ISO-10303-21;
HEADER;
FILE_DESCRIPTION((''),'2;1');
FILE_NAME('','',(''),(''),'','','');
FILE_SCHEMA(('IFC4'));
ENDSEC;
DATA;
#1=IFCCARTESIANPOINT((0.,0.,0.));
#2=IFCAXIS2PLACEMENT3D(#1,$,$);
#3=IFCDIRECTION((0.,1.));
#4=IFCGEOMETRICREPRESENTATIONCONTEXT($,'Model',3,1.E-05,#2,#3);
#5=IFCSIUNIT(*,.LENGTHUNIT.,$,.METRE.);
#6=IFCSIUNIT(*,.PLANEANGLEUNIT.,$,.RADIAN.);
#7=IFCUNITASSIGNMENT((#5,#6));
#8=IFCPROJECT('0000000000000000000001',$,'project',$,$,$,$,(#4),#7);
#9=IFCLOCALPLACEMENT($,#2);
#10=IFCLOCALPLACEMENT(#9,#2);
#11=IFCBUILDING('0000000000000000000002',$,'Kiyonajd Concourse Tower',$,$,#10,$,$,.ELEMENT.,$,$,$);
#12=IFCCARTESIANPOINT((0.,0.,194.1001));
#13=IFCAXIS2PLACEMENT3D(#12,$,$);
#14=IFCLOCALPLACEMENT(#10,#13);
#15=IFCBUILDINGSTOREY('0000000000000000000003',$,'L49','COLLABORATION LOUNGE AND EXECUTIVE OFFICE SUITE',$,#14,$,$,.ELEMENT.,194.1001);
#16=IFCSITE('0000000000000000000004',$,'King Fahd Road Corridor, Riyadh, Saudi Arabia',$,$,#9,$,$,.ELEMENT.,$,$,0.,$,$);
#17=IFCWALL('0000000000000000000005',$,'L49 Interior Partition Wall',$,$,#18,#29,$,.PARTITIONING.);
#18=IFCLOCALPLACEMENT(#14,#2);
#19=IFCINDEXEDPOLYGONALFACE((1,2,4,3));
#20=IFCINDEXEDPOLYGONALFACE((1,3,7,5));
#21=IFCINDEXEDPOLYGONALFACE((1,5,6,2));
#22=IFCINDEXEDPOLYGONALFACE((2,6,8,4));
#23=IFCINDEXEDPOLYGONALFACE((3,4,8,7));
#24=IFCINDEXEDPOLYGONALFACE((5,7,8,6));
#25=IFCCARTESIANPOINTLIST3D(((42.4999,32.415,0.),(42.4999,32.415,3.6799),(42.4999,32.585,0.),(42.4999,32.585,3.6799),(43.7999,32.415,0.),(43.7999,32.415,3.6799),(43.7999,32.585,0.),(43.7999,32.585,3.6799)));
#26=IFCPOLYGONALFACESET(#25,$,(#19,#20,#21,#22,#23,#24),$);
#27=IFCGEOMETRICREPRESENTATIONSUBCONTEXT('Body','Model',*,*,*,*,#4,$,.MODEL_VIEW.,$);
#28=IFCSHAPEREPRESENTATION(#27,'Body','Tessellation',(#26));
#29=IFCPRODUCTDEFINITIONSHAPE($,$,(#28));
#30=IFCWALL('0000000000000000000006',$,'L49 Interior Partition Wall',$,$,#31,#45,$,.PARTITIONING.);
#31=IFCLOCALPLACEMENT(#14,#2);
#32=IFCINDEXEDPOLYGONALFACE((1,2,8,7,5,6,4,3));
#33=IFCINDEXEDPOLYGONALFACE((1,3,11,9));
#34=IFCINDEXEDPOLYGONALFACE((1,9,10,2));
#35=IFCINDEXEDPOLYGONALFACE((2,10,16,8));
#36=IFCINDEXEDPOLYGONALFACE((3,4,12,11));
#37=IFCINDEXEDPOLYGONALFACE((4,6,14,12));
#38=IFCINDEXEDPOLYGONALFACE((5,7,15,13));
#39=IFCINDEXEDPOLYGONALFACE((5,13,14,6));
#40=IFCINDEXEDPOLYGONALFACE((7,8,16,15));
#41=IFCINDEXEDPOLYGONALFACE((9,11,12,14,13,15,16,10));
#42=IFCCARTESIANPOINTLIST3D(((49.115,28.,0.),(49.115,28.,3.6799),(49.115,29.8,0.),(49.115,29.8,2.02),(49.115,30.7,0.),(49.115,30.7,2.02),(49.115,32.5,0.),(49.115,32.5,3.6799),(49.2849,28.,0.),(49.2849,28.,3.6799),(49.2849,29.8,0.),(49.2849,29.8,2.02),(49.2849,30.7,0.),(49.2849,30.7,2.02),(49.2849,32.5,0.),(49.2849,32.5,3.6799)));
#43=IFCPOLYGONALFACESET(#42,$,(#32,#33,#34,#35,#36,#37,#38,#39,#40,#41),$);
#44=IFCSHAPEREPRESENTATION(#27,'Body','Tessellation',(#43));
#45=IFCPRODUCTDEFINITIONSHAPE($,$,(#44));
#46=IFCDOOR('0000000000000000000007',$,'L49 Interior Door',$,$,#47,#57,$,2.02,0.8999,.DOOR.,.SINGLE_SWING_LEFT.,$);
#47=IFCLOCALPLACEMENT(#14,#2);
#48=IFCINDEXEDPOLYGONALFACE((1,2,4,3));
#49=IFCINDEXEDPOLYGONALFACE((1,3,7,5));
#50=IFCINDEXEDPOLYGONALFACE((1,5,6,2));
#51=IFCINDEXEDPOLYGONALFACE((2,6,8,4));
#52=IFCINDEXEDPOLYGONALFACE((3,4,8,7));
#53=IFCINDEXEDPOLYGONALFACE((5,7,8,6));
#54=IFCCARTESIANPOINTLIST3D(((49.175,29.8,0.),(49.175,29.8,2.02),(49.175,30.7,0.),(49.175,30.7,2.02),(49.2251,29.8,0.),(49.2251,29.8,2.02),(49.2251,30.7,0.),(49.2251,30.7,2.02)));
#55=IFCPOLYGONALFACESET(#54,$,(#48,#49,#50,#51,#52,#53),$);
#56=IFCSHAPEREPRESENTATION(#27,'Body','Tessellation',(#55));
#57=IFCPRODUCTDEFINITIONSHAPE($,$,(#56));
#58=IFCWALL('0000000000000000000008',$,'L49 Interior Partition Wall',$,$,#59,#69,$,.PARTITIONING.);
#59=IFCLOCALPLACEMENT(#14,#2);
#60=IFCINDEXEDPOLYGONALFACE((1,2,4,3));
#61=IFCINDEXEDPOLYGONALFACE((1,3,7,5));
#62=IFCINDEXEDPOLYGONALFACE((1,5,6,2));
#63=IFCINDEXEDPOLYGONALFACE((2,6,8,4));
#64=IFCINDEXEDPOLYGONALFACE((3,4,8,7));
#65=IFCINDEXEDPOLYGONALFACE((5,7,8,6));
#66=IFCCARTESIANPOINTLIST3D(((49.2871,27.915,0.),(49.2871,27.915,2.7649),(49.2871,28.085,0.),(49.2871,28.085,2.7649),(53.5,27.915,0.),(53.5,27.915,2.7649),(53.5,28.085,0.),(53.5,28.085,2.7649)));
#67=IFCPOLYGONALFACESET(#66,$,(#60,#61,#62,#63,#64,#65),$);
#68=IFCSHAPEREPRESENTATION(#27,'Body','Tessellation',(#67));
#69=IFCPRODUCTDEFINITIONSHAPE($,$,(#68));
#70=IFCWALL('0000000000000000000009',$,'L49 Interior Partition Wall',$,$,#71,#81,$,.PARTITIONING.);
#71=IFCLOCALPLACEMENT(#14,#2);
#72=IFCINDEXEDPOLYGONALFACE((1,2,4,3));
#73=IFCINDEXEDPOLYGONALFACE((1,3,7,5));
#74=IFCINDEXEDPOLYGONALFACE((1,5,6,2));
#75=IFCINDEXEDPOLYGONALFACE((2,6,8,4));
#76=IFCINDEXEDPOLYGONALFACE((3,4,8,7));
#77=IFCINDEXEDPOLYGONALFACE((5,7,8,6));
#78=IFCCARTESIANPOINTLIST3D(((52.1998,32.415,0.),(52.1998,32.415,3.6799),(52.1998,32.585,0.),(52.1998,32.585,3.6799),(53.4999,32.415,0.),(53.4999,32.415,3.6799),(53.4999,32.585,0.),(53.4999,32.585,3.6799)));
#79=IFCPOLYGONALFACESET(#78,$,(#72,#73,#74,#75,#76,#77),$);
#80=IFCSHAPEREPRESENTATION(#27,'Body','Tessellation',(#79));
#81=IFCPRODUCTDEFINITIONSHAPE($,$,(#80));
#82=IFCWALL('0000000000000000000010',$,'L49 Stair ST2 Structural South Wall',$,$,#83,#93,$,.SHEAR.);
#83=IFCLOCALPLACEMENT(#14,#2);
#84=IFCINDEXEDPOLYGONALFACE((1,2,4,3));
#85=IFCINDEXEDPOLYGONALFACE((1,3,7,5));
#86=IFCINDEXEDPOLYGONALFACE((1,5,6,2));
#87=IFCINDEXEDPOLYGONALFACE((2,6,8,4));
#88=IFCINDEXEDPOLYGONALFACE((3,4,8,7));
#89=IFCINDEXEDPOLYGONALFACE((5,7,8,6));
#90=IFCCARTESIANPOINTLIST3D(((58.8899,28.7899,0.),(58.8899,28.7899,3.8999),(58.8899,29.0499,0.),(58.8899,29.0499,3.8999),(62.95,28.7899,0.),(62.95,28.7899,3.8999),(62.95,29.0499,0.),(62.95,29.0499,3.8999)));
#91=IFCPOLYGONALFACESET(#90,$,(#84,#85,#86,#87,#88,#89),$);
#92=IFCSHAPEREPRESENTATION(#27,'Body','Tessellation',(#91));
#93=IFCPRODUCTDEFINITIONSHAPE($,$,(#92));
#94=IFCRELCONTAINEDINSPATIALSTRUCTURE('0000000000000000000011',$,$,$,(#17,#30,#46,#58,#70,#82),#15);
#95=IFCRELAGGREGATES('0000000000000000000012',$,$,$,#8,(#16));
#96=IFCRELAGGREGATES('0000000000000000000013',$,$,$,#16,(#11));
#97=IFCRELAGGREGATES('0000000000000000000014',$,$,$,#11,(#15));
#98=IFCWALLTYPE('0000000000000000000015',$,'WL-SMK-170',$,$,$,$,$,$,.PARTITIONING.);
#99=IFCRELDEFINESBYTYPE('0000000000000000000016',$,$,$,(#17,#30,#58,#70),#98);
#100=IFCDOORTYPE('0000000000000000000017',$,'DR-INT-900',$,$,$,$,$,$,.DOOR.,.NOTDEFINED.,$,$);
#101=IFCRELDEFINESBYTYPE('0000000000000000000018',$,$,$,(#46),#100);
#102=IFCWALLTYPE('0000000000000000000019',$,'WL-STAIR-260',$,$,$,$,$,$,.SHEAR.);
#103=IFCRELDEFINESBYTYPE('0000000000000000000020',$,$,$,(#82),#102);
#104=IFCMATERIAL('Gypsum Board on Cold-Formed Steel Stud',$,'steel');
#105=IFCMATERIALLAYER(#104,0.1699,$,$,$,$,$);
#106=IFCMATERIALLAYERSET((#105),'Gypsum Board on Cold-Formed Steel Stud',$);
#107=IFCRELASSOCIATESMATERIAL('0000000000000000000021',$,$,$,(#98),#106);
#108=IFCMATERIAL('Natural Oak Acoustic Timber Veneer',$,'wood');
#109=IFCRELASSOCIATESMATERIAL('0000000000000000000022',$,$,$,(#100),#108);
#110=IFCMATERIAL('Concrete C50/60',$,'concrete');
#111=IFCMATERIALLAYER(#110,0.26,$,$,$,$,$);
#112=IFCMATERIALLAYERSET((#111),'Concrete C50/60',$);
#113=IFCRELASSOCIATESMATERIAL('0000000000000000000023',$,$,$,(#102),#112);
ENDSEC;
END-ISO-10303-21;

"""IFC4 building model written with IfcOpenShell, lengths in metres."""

from ifc_helpers import new_model, si_unit, direction, frame, frame_2d, origin, place, context, subcontext, project, spatial, rectangle, extrude, material, layer, layer_set, type_object, element, fill, save


model = new_model("IFC4")

# Units and contexts
model_context = context("Model", 3, precision=1e-05, world=origin(), true_north=direction((0.0, 1.0)))
body_context = subcontext(model_context, "Body", "Model", "MODEL_VIEW")
ifc_project = project(units=[si_unit("LENGTHUNIT", "METRE"), si_unit("PLANEANGLEUNIT", "RADIAN")], contexts=[model_context])

# Site, building, storey
site_placement = place(None, origin())
site = spatial("IfcSite", under=ifc_project, at=site_placement, Name="King Fahd Road Corridor, Riyadh, Saudi Arabia", CompositionType="ELEMENT", RefElevation=0.0)
building_placement = place(site_placement, origin())
building = spatial("IfcBuilding", under=site, at=building_placement, Name="Kiyonajd Concourse Tower", CompositionType="ELEMENT")
storey_placement = place(building_placement, frame((0.0, 0.0, 194.1001)))
storey = spatial("IfcBuildingStorey", under=building, at=storey_placement, Name="L49", Description="COLLABORATION LOUNGE AND EXECUTIVE OFFICE SUITE", CompositionType="ELEMENT", Elevation=194.1001)

# Shared definitions
ifc_material_1 = material(Name="Gypsum Board on Cold-Formed Steel Stud", Category="steel")

# Shared definitions
ifc_layer_1 = layer(ifc_material_1, 0.1699)
ifc_layer_set_1 = layer_set([ifc_layer_1], Name="Gypsum Board on Cold-Formed Steel Stud")
wall_type_1 = type_object("IfcWallType", Name="WL-SMK-170", PredefinedType="PARTITIONING", material=ifc_layer_set_1)
ifc_material_2 = material(Name="Natural Oak Acoustic Timber Veneer", Category="wood")
door_type_1 = type_object("IfcDoorType", Name="DR-INT-900", OperationType="NOTDEFINED", PredefinedType="DOOR", material=ifc_material_2)

# Wall
wall_1_placement = place(storey_placement, frame((42.5, 32.5, 0.0), z_axis=(0.0, 0.0, 1.0), x_axis=(1.0, 0.0, 0.0)))
element("IfcWall", 1, at=wall_1_placement, inside=storey, type_object=wall_type_1, Name="L49 Interior Partition Wall", PredefinedType="PARTITIONING", context=body_context, shape_type="SweptSolid", body=[
    extrude(rectangle(XDim=1.3, YDim=0.1699, at=frame_2d((0.6499, 0.0))), origin(), (0.0, 0.0, 1.0), 3.6799),
])

# Wall, opening, door
wall_2_placement = place(storey_placement, frame((49.2, 28.0, 0.0), z_axis=(0.0, 0.0, 1.0), x_axis=(0.0, 1.0, 0.0)))
wall_2 = element("IfcWall", 2, at=wall_2_placement, inside=storey, type_object=wall_type_1, Name="L49 Interior Partition Wall", PredefinedType="PARTITIONING", context=body_context, shape_type="SweptSolid", body=[
    extrude(rectangle(XDim=4.5, YDim=0.1699, at=frame_2d((2.25, 0.0))), origin(), (0.0, 0.0, 1.0), 3.6799),
])
opening_1_placement = place(wall_2_placement, frame((1.8, 0.0, 0.0)))
opening_1 = element("IfcOpeningElement", 3, at=opening_1_placement, cuts=wall_2, PredefinedType="OPENING", context=body_context, shape_type="SweptSolid", body=[
    extrude(rectangle(XDim=0.8999, YDim=2.02, at=frame_2d((0.45, 1.01))), frame((0.0, 0.095, 0.0), z_axis=(0.0, -1.0, 0.0), x_axis=(1.0, 0.0, 0.0)), (0.0, 0.0, 1.0), 0.1899),
])
door_1_placement = place(opening_1_placement, origin())
door_1 = element("IfcDoor", 4, at=door_1_placement, inside=storey, type_object=door_type_1, Name="L49 Interior Door", OperationType="SINGLE_SWING_LEFT", OverallHeight=2.02, OverallWidth=0.8999, PredefinedType="DOOR", context=body_context, shape_type="SweptSolid", body=[
    extrude(rectangle(XDim=0.8999, YDim=2.02, at=frame_2d((0.45, 1.01))), frame((0.0, 0.0249, 0.0), z_axis=(0.0, -1.0, 0.0), x_axis=(1.0, 0.0, 0.0)), (0.0, 0.0, 1.0), 0.05),
])
fill(opening_1, door_1)

# Walls
wall_3_placement = place(storey_placement, frame((49.2871, 28.0, 0.0), z_axis=(0.0, 0.0, 1.0), x_axis=(1.0, 0.0, 0.0)))
element("IfcWall", 5, at=wall_3_placement, inside=storey, type_object=wall_type_1, Name="L49 Interior Partition Wall", PredefinedType="PARTITIONING", context=body_context, shape_type="SweptSolid", body=[
    extrude(rectangle(XDim=4.2129, YDim=0.1699, at=frame_2d((2.1064, 0.0))), origin(), (0.0, 0.0, 1.0), 2.7649),
])
wall_4_placement = place(storey_placement, frame((52.2, 32.5, 0.0), z_axis=(0.0, 0.0, 1.0), x_axis=(1.0, 0.0, 0.0)))
element("IfcWall", 6, at=wall_4_placement, inside=storey, type_object=wall_type_1, Name="L49 Interior Partition Wall", PredefinedType="PARTITIONING", context=body_context, shape_type="SweptSolid", body=[
    extrude(rectangle(XDim=1.3, YDim=0.1699, at=frame_2d((0.6499, 0.0))), origin(), (0.0, 0.0, 1.0), 3.6799),
])
ifc_material_3 = material(Name="Concrete C50/60", Category="concrete")
ifc_layer_2 = layer(ifc_material_3, 0.26)
ifc_layer_set_2 = layer_set([ifc_layer_2], Name="Concrete C50/60")
wall_type_2 = type_object("IfcWallType", Name="WL-STAIR-260", PredefinedType="SHEAR", material=ifc_layer_set_2)
wall_5_placement = place(storey_placement, frame((58.8899, 28.9199, 0.0), z_axis=(0.0, 0.0, 1.0), x_axis=(1.0, 0.0, 0.0)))
element("IfcWall", 7, at=wall_5_placement, inside=storey, type_object=wall_type_2, Name="L49 Stair ST2 Structural South Wall", PredefinedType="SHEAR", context=body_context, shape_type="SweptSolid", body=[
    extrude(rectangle(XDim=4.0601, YDim=0.26, at=frame_2d((2.03, 0.0))), origin(), (0.0, 0.0, 1.0), 3.8999),
])

save(model, "model.ifc")
